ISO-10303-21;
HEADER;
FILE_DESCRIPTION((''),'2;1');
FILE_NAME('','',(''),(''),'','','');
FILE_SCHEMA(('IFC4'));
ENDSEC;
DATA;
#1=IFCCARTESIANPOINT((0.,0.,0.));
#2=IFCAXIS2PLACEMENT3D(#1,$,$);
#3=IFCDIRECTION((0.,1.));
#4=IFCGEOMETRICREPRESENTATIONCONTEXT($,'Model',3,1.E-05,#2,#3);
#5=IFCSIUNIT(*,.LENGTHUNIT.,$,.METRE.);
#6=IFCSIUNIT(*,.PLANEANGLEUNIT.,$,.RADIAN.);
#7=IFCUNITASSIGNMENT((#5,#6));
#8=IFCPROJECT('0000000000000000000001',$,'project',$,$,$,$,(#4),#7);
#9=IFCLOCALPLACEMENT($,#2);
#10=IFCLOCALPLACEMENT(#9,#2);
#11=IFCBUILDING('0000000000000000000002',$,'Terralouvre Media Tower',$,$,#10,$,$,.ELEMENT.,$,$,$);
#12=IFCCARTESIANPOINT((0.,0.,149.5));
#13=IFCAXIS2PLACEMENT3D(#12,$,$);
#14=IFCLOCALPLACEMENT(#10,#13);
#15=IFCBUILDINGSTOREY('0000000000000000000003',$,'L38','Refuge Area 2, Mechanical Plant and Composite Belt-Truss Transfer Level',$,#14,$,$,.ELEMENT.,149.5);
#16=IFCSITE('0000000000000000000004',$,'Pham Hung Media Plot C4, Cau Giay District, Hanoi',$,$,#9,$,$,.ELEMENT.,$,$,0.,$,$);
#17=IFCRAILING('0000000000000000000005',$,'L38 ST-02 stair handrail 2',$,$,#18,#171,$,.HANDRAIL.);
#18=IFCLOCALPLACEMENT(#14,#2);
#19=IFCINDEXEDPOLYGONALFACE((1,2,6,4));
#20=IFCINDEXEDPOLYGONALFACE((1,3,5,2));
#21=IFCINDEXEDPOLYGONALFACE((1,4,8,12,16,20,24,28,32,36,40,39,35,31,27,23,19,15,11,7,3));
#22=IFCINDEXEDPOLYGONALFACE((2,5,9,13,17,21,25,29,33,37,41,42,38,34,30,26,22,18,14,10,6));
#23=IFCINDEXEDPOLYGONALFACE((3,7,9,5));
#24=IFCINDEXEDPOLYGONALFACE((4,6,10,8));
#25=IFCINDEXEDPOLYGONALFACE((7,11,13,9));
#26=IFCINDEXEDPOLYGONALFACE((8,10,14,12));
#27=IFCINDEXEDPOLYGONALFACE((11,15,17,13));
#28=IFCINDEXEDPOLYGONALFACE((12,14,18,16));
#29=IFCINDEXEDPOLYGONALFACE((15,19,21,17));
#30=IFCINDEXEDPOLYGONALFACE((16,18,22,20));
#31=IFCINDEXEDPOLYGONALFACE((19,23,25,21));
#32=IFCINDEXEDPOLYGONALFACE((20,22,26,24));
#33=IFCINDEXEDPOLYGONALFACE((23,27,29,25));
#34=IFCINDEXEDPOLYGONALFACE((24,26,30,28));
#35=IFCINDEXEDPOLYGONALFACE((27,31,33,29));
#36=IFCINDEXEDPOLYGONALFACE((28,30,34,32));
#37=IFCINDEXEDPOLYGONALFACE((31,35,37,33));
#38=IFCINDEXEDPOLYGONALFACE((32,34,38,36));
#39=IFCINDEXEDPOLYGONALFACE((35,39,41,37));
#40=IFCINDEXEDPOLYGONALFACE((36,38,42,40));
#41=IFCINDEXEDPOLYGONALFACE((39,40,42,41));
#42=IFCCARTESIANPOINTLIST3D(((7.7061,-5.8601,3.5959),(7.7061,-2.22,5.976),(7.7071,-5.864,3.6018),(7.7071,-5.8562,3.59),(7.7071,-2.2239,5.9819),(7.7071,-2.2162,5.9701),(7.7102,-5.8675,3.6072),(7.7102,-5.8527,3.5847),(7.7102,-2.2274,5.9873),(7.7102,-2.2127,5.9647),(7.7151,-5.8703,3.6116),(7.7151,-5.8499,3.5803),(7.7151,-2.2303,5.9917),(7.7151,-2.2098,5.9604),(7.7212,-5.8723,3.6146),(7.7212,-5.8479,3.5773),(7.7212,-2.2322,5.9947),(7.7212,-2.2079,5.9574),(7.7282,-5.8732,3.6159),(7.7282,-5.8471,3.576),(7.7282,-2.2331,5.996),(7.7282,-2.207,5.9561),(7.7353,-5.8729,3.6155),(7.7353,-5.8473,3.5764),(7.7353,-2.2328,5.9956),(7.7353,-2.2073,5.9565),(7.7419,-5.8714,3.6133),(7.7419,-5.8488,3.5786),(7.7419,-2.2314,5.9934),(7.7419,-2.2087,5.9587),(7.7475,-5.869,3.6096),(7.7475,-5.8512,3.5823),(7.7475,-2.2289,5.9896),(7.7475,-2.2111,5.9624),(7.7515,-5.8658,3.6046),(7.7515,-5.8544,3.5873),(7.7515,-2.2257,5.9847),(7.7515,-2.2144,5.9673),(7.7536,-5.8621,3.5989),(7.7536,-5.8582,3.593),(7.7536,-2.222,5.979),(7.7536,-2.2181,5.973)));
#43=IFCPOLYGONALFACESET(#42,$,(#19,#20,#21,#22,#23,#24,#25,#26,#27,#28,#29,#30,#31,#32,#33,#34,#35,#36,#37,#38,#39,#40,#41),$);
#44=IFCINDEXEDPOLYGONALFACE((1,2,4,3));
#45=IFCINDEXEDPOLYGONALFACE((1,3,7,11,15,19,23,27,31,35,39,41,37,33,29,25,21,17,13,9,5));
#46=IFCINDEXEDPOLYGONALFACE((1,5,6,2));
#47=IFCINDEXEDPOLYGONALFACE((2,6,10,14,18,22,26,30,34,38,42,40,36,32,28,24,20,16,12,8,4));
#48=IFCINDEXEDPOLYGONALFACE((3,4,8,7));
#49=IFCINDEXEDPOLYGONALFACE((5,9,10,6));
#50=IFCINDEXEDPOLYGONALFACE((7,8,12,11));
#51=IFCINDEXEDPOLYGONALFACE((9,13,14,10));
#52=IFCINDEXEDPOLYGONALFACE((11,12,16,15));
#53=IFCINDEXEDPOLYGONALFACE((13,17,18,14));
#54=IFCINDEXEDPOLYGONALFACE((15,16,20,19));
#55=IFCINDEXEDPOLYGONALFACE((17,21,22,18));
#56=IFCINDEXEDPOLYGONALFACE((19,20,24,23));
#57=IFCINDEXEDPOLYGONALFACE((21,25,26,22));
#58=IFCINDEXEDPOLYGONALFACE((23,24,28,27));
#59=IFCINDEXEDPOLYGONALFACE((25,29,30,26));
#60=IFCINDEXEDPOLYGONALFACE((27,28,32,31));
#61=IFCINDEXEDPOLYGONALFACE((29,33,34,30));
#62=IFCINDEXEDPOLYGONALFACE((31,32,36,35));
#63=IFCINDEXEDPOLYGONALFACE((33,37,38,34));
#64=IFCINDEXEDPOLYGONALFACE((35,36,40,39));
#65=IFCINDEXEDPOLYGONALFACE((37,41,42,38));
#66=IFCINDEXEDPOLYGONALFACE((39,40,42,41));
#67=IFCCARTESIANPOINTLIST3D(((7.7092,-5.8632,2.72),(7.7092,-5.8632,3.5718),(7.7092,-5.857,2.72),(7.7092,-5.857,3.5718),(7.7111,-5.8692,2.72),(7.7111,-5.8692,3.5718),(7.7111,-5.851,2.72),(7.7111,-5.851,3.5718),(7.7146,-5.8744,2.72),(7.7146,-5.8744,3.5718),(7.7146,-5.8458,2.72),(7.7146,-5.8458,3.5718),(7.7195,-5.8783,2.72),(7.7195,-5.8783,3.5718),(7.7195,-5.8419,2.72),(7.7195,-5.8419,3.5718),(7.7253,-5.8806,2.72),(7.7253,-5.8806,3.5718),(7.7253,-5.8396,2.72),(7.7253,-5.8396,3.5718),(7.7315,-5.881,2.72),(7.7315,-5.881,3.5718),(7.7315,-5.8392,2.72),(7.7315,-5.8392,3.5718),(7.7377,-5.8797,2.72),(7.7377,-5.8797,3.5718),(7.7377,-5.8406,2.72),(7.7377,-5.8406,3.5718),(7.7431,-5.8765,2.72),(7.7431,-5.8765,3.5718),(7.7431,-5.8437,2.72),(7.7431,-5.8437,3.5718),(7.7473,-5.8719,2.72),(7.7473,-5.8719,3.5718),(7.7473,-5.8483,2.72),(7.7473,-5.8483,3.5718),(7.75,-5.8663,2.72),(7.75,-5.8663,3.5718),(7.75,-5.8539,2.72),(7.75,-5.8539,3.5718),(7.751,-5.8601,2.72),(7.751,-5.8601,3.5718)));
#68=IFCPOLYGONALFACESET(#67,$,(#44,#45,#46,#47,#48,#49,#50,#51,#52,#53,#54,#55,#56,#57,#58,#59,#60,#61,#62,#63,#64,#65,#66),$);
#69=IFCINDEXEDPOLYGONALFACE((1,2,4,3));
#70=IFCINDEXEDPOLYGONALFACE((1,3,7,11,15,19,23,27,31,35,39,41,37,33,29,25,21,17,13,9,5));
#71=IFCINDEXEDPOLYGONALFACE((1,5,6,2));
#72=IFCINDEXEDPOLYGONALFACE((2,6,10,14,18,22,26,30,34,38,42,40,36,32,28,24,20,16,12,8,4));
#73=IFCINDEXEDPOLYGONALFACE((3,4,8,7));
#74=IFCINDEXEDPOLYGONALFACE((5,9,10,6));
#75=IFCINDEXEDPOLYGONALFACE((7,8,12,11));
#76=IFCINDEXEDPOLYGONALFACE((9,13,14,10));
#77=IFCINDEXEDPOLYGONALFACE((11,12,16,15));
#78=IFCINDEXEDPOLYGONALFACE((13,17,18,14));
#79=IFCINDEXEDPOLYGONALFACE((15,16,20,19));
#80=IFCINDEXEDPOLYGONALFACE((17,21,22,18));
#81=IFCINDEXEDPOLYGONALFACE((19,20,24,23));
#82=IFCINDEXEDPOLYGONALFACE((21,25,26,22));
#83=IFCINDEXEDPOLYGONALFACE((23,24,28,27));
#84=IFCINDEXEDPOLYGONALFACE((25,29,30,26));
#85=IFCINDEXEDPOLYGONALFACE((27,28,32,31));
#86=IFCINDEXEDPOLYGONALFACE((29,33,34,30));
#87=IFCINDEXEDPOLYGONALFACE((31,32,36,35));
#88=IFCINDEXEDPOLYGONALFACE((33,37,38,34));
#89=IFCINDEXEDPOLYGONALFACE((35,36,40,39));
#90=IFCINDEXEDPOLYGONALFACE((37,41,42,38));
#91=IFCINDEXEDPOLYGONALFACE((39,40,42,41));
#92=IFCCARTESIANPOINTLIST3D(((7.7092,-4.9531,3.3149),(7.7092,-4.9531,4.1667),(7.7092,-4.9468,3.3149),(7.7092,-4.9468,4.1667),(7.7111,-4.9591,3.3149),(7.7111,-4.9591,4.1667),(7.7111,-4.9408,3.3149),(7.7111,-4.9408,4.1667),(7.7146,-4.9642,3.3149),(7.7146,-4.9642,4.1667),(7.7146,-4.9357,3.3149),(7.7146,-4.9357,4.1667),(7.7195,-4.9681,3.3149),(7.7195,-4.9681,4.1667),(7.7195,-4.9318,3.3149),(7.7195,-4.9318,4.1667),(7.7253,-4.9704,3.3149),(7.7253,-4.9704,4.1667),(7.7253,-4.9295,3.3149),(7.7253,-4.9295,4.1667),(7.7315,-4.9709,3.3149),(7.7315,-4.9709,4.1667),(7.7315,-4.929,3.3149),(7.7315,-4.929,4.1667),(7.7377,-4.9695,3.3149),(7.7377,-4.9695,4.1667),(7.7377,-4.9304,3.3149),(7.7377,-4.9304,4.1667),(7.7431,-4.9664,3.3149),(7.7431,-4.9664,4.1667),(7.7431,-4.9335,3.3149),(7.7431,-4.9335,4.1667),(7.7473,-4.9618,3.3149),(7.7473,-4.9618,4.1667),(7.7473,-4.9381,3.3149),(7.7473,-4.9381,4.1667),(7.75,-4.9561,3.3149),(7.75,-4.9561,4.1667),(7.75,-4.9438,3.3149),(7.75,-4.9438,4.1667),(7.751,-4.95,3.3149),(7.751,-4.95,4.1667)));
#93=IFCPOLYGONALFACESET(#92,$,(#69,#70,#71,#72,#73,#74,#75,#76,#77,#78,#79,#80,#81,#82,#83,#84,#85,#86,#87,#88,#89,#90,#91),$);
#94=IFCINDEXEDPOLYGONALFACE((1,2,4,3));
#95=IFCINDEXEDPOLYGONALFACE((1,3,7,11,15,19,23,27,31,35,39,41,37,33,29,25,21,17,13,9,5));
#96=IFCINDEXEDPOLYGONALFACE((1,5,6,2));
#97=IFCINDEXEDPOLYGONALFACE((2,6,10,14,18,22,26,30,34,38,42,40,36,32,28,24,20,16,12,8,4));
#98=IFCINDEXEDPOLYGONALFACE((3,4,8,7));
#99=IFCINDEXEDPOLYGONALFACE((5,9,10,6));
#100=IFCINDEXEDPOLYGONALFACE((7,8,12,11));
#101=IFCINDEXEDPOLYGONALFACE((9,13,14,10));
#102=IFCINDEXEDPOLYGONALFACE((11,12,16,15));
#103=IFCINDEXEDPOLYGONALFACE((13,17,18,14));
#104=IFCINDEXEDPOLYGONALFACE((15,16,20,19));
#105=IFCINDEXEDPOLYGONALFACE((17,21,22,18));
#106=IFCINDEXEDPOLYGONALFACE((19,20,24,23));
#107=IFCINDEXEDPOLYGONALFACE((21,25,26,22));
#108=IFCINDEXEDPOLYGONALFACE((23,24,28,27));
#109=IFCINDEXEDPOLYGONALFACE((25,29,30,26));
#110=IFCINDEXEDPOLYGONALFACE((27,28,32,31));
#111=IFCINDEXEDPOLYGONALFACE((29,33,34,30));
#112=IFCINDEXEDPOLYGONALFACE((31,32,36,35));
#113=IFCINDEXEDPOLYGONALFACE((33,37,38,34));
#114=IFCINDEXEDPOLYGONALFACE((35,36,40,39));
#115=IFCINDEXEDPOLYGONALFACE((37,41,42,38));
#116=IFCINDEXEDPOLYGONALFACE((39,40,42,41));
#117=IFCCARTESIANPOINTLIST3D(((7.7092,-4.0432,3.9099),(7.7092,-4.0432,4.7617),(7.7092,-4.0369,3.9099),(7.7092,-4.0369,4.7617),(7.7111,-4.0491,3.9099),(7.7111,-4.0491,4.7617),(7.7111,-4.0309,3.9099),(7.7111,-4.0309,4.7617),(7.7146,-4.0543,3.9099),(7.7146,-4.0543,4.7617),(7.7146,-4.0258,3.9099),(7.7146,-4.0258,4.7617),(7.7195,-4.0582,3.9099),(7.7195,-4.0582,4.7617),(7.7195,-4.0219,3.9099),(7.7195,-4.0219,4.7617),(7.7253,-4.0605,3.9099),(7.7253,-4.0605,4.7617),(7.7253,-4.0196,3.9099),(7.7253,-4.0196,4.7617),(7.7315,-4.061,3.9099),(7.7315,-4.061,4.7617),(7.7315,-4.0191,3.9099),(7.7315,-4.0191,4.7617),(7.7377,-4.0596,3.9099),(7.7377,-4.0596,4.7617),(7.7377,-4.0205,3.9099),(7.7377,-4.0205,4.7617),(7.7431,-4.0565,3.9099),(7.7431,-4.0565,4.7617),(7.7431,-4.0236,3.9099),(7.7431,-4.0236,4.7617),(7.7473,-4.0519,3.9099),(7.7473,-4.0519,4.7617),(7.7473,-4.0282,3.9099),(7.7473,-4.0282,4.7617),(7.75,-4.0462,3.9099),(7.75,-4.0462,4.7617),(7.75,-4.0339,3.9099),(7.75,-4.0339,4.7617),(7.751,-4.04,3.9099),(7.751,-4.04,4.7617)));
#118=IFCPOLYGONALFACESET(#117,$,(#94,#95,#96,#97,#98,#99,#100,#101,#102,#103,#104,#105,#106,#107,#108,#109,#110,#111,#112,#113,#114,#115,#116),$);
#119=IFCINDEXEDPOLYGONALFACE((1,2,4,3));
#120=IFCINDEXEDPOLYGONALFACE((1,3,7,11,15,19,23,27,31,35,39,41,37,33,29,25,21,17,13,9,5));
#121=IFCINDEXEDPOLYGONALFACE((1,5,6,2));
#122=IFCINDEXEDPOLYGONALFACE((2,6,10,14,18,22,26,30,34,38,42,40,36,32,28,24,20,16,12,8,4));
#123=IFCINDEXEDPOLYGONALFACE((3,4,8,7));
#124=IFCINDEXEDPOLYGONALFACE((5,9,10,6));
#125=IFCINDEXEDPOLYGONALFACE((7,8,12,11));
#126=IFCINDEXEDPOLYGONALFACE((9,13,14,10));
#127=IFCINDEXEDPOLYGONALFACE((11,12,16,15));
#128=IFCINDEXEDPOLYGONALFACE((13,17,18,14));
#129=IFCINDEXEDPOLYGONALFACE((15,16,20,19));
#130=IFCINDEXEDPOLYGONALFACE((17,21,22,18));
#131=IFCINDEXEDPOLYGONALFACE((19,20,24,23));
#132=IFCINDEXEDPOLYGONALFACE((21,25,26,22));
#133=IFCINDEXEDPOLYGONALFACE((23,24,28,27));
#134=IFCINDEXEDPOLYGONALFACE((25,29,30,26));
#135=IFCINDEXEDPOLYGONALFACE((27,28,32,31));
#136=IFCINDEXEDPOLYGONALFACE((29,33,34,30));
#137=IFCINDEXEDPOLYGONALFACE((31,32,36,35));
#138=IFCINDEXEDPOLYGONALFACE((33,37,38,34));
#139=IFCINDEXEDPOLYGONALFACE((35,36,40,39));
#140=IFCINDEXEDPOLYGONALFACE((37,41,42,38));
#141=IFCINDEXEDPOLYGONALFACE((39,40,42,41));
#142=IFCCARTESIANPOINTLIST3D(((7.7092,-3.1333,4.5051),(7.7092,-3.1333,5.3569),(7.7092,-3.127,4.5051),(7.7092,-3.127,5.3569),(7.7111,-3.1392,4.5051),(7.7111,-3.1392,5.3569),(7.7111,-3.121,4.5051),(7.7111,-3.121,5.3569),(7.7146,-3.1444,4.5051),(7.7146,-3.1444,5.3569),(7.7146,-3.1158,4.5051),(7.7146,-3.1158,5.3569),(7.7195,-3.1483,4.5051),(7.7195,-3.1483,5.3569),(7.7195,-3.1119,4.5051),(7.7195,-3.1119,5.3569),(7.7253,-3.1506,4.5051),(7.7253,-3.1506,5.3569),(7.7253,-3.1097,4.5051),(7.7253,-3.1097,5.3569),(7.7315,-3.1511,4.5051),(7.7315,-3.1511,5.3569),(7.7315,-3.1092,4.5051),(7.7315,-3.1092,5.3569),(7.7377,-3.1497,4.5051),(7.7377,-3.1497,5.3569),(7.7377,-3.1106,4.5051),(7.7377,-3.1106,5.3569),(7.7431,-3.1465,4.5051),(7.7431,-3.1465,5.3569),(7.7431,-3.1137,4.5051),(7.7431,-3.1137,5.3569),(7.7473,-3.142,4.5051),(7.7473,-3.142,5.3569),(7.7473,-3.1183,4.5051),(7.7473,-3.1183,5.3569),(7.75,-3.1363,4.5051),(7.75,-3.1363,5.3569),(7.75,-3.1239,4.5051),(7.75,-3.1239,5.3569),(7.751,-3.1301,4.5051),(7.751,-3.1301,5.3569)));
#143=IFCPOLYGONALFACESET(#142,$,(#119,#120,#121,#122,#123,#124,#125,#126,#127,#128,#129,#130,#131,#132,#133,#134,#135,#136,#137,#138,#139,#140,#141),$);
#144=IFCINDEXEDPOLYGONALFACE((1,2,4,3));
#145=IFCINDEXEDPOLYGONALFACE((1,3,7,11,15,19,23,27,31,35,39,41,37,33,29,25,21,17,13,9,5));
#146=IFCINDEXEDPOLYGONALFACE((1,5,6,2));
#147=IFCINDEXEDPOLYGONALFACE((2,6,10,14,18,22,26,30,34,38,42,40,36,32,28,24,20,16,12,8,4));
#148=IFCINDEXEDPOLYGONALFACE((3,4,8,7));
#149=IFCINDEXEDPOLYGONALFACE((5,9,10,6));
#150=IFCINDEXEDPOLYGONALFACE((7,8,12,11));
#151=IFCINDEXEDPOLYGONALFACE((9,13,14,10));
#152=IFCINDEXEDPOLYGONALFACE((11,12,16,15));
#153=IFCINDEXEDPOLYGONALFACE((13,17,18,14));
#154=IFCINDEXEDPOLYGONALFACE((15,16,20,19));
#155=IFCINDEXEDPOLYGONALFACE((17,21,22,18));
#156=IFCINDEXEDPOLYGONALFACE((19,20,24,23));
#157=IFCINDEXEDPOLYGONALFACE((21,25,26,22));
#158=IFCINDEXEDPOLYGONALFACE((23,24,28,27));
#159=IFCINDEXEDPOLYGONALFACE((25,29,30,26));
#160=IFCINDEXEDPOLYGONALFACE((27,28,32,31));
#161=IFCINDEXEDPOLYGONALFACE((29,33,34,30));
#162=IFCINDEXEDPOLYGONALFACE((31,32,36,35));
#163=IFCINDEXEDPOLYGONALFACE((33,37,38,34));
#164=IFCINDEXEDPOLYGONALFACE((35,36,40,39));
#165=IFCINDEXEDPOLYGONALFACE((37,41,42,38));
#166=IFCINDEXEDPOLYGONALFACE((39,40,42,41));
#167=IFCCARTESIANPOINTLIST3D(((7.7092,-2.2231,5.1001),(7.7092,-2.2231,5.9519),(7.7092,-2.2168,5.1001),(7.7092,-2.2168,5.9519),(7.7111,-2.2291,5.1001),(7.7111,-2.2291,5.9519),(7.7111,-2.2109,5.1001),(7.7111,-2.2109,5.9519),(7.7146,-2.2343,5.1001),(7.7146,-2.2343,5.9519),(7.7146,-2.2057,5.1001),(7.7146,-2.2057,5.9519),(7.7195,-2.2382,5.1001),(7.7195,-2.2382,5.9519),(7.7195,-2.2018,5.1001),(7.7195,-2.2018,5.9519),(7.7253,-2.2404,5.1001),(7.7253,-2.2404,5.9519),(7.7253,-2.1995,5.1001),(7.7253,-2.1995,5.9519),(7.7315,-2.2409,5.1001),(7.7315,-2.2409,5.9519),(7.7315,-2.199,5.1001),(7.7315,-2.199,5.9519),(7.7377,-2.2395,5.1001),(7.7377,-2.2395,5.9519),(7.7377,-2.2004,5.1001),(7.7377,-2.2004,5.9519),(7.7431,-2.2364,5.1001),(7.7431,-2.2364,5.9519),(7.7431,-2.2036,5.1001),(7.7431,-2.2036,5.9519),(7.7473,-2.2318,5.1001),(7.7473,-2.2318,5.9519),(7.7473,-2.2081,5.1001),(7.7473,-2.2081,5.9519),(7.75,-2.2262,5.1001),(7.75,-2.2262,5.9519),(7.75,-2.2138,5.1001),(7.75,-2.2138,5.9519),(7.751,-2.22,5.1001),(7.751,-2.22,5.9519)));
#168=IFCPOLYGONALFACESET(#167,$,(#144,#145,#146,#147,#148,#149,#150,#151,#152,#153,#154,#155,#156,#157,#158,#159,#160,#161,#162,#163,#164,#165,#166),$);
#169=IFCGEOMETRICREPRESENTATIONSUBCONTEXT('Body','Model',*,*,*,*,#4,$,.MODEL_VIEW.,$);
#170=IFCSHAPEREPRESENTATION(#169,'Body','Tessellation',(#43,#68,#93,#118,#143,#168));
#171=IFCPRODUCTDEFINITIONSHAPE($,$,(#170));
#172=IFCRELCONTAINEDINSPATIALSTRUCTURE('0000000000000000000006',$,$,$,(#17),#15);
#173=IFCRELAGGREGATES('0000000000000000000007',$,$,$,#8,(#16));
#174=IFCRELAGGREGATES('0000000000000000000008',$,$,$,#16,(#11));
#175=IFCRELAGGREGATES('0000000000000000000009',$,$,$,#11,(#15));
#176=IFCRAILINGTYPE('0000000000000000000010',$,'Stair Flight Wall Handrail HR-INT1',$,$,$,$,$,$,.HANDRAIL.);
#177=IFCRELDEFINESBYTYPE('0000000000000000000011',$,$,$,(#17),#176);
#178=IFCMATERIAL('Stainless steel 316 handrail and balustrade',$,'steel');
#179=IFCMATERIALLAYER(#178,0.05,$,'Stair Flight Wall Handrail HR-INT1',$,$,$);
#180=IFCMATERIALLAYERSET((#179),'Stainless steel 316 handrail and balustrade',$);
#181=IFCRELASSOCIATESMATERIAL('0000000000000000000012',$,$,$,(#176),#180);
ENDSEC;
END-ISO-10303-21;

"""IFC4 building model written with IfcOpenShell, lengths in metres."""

from ifc_helpers import new_model, si_unit, direction, frame, origin, origin_2d, place, context, subcontext, project, spatial, circle, extrude, material, layer, layer_set, type_object, element, save


model = new_model("IFC4")

# Units and contexts
model_context = context("Model", 3, precision=1e-05, world=origin(), true_north=direction((0.0, 1.0)))
body_context = subcontext(model_context, "Body", "Model", "MODEL_VIEW")
ifc_project = project(units=[si_unit("LENGTHUNIT", "METRE"), si_unit("PLANEANGLEUNIT", "RADIAN")], contexts=[model_context])

# Site, building, storey
site_placement = place(None, origin())
site = spatial("IfcSite", under=ifc_project, at=site_placement, Name="Pham Hung Media Plot C4, Cau Giay District, Hanoi", CompositionType="ELEMENT", RefElevation=0.0)
building_placement = place(site_placement, origin())
building = spatial("IfcBuilding", under=site, at=building_placement, Name="Terralouvre Media Tower", CompositionType="ELEMENT")
storey_placement = place(building_placement, frame((0.0, 0.0, 149.5)))
storey = spatial("IfcBuildingStorey", under=building, at=storey_placement, Name="L38", Description="Refuge Area 2, Mechanical Plant and Composite Belt-Truss Transfer Level", CompositionType="ELEMENT", Elevation=149.5)

# Railing
ifc_material_1 = material(Name="Stainless steel 316 handrail and balustrade", Category="steel")
ifc_layer_1 = layer(ifc_material_1, 0.05, Name="Stair Flight Wall Handrail HR-INT1")
ifc_layer_set_1 = layer_set([ifc_layer_1], Name="Stainless steel 316 handrail and balustrade")
railing_type_1 = type_object("IfcRailingType", Name="Stair Flight Wall Handrail HR-INT1", PredefinedType="HANDRAIL", material=ifc_layer_set_1)
railing_1_placement = place(storey_placement, frame((7.73, -5.8601, 2.72)))
element("IfcRailing", 1, at=railing_1_placement, inside=storey, type_object=railing_type_1, Name="L38 ST-02 stair handrail 2", PredefinedType="HANDRAIL", context=body_context, shape_type="SweptSolid", body=[
    extrude(circle(Radius=0.0239, at=origin_2d()), frame((0.0, 0.0, 0.876), z_axis=(0.0, 0.836966, 0.547255), x_axis=(-1.0, 0.0, 0.0)), (0.0, 0.0, 1.0), 4.3491),
    extrude(circle(Radius=0.021, at=origin_2d()), origin(), (0.0, 0.0, 1.0), 0.8518),
    extrude(circle(Radius=0.021, at=origin_2d()), frame((0.0, 0.9102, 0.595)), (0.0, 0.0, 1.0), 0.8518),
    extrude(circle(Radius=0.021, at=origin_2d()), frame((0.0, 1.8201, 1.1899)), (0.0, 0.0, 1.0), 0.8518),
    extrude(circle(Radius=0.021, at=origin_2d()), frame((0.0, 2.73, 1.7852)), (0.0, 0.0, 1.0), 0.8518),
    extrude(circle(Radius=0.021, at=origin_2d()), frame((0.0, 3.6401, 2.3801)), (0.0, 0.0, 1.0), 0.8518),
])

save(model, "model.ifc")
